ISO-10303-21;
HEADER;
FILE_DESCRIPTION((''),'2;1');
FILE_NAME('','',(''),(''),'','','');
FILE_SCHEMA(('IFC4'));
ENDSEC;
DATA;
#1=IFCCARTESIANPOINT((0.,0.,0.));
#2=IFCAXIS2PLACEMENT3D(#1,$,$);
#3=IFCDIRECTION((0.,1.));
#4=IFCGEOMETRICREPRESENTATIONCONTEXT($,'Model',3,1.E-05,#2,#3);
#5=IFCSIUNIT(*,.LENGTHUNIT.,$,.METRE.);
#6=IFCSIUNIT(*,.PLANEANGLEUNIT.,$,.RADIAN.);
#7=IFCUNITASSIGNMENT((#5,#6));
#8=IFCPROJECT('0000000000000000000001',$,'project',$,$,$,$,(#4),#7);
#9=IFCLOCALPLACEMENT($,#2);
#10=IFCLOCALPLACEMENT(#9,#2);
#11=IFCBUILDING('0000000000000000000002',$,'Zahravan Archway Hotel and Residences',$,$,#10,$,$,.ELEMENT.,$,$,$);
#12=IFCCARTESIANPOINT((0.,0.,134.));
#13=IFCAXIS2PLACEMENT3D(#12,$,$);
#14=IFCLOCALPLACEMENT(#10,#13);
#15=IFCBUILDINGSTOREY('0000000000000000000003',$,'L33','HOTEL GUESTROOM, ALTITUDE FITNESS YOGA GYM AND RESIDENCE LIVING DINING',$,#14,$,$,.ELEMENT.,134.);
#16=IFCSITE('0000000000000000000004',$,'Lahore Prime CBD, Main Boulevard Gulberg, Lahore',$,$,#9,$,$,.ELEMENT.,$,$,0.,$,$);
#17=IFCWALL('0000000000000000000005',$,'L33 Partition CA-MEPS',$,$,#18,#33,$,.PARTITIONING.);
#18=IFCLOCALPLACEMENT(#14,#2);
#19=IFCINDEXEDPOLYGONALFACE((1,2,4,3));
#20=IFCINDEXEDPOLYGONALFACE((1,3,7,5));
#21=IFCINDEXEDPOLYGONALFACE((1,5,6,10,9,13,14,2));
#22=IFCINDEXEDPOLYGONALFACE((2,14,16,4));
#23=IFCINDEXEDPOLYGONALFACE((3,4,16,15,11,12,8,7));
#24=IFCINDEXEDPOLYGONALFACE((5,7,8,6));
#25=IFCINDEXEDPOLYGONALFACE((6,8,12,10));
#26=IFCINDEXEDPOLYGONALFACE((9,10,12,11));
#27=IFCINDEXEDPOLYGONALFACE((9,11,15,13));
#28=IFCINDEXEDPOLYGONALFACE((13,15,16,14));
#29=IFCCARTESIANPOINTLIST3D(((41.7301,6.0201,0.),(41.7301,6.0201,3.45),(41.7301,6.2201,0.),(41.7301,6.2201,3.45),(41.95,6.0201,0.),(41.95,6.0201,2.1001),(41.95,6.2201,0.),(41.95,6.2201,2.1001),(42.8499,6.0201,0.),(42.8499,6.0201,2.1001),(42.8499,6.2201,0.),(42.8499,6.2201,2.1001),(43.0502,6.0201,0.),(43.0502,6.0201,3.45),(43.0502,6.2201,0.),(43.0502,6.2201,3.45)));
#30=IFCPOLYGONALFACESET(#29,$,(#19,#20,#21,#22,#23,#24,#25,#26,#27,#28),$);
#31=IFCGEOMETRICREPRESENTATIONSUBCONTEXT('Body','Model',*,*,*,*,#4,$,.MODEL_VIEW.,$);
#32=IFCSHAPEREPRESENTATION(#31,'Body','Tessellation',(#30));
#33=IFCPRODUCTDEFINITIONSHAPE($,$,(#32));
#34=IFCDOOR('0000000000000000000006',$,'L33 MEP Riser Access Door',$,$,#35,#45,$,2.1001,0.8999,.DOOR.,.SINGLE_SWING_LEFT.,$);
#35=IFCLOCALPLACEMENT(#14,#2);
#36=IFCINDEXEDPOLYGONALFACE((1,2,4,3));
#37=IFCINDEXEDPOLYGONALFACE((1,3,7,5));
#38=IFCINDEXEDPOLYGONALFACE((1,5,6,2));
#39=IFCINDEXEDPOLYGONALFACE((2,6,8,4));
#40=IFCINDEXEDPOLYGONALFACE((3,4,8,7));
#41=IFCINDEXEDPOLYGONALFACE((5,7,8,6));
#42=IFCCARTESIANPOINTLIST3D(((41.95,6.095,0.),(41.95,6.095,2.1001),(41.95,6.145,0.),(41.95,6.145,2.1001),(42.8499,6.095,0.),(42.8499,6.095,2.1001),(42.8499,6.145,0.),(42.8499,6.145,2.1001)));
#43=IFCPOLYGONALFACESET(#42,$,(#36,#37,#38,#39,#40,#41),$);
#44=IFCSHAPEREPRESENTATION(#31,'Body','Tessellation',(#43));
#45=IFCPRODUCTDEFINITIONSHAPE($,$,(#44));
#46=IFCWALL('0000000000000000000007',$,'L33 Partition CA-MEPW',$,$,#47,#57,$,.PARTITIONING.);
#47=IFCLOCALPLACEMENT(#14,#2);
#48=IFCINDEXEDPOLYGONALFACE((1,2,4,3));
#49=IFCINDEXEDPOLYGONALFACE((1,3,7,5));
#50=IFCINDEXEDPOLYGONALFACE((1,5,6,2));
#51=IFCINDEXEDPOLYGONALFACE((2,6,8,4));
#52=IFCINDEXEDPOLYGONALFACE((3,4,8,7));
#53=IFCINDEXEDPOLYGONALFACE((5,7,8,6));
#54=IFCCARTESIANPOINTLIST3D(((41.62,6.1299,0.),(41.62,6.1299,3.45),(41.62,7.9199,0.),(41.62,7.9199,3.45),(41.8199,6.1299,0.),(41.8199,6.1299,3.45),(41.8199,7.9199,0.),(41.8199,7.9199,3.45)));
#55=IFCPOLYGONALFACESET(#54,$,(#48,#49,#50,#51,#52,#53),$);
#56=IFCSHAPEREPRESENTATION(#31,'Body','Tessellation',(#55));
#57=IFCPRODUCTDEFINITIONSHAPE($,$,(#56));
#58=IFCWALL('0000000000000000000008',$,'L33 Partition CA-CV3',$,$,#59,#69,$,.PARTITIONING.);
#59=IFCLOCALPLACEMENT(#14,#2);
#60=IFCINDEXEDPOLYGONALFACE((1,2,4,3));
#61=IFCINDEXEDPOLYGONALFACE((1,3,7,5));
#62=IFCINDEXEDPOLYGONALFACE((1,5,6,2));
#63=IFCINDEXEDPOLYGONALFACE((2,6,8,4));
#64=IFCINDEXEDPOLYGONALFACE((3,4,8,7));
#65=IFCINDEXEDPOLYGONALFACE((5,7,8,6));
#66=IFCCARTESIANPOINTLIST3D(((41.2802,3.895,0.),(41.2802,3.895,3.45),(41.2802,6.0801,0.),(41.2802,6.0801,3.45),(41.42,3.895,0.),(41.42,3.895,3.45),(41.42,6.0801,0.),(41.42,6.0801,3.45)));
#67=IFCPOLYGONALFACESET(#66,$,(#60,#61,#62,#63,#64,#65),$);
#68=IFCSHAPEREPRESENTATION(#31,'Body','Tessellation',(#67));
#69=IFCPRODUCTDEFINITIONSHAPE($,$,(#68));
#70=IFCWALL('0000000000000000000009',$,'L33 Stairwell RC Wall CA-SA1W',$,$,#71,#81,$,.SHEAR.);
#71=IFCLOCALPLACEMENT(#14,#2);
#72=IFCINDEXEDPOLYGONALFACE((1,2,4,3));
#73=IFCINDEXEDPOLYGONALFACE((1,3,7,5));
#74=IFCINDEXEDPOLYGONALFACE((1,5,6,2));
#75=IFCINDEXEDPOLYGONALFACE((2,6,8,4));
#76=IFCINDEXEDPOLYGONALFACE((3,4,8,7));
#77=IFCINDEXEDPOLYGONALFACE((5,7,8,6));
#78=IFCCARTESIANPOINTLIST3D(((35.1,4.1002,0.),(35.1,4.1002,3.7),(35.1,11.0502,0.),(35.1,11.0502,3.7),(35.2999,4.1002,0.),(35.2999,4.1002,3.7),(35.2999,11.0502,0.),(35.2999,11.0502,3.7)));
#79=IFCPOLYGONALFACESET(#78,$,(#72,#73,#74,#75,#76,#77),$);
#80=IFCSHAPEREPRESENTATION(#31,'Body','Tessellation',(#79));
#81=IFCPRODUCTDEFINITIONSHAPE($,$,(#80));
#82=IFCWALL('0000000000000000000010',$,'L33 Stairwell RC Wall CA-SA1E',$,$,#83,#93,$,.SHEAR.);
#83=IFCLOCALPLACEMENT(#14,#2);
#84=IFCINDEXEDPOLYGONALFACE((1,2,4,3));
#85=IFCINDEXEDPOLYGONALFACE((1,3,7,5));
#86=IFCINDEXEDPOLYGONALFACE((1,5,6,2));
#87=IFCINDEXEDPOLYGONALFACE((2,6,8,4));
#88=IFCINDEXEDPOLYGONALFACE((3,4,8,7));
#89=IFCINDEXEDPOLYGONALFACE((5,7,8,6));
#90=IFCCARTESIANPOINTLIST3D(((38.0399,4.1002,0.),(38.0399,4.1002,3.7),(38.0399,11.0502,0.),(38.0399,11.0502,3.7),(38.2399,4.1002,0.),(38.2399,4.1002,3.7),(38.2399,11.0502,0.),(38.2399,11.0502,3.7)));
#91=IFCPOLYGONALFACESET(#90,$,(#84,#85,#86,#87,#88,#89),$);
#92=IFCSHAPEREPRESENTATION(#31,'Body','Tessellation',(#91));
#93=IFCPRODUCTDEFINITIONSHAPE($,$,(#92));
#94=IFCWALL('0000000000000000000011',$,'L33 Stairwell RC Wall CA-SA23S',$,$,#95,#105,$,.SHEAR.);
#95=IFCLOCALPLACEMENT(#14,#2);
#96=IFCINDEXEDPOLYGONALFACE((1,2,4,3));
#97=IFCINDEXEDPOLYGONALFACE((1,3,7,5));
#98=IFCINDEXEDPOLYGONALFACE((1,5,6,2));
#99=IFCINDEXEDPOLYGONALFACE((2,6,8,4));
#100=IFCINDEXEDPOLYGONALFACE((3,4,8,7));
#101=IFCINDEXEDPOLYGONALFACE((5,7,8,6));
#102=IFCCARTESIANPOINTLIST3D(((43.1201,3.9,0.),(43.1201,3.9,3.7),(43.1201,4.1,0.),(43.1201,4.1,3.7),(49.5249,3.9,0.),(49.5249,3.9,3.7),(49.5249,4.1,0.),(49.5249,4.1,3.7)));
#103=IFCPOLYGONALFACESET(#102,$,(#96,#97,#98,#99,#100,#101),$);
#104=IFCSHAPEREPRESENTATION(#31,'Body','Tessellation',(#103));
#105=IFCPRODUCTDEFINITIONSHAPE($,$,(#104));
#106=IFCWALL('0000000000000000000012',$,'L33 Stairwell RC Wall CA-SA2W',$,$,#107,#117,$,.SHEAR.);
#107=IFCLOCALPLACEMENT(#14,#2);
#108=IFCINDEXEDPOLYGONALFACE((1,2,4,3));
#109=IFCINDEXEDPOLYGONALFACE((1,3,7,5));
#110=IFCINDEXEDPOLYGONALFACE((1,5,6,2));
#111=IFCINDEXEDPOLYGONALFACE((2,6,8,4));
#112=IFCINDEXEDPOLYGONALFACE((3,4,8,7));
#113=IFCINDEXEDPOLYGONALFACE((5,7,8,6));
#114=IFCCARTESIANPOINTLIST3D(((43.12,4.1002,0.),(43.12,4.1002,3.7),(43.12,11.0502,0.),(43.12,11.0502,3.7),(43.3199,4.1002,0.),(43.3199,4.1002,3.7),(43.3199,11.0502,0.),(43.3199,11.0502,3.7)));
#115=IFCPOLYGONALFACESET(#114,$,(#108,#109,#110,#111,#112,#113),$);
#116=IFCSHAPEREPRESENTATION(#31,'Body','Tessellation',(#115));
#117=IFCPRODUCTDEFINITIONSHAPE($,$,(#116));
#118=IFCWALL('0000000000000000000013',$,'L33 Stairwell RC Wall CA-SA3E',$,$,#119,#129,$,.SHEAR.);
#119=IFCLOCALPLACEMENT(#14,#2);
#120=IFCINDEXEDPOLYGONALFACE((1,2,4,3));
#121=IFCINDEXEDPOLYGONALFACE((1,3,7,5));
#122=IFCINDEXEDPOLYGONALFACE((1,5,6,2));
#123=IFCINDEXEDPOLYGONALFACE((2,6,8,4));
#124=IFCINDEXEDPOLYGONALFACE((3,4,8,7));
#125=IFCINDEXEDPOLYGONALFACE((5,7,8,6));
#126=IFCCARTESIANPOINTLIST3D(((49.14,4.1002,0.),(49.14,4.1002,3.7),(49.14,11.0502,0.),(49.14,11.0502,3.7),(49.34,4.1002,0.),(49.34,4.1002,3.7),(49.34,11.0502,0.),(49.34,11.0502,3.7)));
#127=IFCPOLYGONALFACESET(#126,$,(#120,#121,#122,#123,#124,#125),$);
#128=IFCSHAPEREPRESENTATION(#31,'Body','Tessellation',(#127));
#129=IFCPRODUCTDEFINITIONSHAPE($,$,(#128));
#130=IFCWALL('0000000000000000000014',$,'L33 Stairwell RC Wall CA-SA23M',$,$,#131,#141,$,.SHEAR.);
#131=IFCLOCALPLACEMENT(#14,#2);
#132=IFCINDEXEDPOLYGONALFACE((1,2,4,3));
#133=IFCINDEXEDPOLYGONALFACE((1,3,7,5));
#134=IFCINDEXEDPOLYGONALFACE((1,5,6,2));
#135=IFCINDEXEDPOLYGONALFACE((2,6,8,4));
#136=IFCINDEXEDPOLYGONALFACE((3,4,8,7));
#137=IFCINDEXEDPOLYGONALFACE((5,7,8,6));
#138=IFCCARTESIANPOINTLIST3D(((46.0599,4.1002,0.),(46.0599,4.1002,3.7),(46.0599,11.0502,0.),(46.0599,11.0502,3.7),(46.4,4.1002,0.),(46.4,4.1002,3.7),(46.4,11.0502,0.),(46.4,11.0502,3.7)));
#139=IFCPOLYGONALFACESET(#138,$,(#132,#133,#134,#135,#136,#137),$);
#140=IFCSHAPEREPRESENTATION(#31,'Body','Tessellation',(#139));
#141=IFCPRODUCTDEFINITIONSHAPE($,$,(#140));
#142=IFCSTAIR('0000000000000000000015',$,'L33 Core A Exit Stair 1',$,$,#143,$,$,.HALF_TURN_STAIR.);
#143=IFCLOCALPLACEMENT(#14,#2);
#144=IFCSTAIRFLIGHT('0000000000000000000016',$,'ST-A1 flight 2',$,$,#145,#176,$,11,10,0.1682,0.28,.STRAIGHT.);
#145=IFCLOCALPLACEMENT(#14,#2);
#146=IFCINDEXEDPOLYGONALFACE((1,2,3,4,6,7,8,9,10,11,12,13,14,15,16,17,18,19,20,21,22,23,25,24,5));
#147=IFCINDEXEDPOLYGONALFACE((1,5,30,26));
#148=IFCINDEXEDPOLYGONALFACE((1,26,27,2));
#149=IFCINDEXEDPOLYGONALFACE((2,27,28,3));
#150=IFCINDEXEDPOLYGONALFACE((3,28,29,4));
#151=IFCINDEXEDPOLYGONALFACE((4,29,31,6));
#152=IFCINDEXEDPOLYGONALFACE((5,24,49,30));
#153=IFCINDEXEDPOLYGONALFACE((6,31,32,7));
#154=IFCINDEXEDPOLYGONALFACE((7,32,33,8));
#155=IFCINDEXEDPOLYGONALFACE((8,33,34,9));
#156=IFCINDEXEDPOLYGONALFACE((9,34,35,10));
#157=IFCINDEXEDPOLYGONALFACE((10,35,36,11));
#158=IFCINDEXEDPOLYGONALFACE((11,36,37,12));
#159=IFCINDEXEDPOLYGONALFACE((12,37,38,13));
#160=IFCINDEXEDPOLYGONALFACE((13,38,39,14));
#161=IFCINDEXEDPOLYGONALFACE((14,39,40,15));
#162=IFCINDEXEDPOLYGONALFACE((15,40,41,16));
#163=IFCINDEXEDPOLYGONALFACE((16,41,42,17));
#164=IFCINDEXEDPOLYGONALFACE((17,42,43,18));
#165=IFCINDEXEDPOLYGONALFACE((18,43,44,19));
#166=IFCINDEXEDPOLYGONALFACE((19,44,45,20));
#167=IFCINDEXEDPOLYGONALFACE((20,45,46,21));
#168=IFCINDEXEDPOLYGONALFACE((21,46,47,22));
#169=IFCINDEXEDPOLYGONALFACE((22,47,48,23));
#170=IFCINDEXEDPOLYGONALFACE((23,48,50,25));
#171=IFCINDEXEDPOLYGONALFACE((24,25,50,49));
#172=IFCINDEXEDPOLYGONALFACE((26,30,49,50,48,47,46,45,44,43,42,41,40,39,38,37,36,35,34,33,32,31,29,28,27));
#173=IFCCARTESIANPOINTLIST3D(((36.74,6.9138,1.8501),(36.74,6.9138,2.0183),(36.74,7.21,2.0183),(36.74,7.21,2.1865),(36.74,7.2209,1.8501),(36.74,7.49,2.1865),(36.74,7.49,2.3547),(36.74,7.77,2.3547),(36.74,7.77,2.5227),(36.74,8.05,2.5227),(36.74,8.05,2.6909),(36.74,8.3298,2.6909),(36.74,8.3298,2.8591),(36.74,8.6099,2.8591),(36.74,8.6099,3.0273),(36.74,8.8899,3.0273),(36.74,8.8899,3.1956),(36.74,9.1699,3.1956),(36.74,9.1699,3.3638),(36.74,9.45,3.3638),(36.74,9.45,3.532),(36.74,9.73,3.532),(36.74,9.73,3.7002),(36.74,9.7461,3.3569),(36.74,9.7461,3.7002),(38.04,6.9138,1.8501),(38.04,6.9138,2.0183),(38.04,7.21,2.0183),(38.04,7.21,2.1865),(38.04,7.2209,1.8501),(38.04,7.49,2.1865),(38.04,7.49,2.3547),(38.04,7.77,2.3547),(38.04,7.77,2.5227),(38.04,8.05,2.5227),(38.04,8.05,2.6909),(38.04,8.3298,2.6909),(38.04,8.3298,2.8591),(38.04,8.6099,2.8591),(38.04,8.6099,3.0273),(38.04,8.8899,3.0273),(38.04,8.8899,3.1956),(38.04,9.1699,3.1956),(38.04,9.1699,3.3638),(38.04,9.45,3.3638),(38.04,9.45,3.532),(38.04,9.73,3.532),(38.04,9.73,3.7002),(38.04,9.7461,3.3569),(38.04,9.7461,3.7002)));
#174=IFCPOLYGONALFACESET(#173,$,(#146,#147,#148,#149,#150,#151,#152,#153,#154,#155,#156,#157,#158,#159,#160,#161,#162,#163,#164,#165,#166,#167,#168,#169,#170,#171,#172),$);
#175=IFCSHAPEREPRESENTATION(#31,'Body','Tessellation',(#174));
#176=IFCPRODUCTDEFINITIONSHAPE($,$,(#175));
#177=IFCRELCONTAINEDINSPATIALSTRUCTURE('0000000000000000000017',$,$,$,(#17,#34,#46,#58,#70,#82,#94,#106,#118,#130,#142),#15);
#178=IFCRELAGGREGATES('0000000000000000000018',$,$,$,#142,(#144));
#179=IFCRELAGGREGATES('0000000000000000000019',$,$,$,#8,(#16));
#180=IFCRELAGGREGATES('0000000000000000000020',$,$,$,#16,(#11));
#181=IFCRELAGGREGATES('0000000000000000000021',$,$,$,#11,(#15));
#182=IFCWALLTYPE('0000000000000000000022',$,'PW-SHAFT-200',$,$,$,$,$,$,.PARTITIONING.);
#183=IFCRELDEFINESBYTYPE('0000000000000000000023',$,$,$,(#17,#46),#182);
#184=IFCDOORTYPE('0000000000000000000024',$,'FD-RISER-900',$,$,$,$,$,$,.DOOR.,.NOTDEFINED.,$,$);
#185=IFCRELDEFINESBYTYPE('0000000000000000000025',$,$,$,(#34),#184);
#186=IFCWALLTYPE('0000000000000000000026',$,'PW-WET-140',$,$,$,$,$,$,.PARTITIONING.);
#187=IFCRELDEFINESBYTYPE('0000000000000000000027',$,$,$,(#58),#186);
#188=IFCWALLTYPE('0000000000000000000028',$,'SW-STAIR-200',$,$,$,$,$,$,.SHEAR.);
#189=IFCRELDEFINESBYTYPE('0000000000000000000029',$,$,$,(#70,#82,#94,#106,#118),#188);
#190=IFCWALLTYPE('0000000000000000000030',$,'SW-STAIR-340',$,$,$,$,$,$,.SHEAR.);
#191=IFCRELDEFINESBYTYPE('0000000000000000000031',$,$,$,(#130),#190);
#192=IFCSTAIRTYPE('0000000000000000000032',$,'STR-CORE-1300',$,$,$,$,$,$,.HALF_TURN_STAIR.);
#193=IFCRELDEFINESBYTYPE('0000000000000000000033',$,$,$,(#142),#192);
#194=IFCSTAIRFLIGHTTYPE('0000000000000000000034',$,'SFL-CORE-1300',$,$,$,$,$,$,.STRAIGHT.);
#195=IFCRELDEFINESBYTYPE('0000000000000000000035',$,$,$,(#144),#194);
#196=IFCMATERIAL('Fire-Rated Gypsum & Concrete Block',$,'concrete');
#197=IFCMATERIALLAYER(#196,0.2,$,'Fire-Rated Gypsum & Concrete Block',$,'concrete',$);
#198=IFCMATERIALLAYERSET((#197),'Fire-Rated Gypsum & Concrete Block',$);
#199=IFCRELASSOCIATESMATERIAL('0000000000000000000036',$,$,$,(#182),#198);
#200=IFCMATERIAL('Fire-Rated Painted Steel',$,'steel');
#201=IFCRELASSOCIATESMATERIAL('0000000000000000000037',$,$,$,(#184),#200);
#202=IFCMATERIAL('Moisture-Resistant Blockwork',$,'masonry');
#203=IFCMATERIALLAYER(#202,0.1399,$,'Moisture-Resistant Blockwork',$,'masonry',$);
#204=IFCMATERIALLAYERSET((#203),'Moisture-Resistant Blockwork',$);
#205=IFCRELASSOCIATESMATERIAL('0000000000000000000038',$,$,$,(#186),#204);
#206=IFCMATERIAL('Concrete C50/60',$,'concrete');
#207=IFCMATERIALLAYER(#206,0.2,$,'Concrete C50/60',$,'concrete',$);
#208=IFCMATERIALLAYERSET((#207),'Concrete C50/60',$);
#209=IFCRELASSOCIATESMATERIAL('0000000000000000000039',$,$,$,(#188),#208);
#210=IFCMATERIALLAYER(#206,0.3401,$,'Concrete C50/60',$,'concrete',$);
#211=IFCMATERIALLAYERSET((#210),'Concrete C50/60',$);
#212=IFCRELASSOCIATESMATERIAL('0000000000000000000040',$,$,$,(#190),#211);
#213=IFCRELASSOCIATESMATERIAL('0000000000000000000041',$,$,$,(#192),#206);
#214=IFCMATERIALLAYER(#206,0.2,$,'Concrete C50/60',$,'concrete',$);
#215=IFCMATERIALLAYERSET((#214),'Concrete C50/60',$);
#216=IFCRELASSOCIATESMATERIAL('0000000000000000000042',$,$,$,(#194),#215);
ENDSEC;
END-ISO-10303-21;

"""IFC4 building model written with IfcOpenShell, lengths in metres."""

from ifc_helpers import new_model, si_unit, direction, frame, frame_2d, origin, place, context, subcontext, project, spatial, polyline, rectangle, outline, extrude, source, transform, mapped, material, layer, layer_set, type_object, type_shapes, element, fill, aggregate, save


model = new_model("IFC4")

# Units and contexts
model_context = context("Model", 3, precision=1e-05, world=origin(), true_north=direction((0.0, 1.0)))
body_context = subcontext(model_context, "Body", "Model", "MODEL_VIEW")
ifc_project = project(units=[si_unit("LENGTHUNIT", "METRE"), si_unit("PLANEANGLEUNIT", "RADIAN")], contexts=[model_context])

# Site, building, storey
site_placement = place(None, origin())
site = spatial("IfcSite", under=ifc_project, at=site_placement, Name="Lahore Prime CBD, Main Boulevard Gulberg, Lahore", CompositionType="ELEMENT", RefElevation=0.0)
building_placement = place(site_placement, origin())
building = spatial("IfcBuilding", under=site, at=building_placement, Name="Zahravan Archway Hotel and Residences", CompositionType="ELEMENT")
storey_placement = place(building_placement, frame((0.0, 0.0, 134.0)))
storey = spatial("IfcBuildingStorey", under=building, at=storey_placement, Name="L33", Description="HOTEL GUESTROOM, ALTITUDE FITNESS YOGA GYM AND RESIDENCE LIVING DINING", CompositionType="ELEMENT", Elevation=134.0)

# Shared definitions
ifc_material_1 = material(Name="Fire-Rated Gypsum & Concrete Block", Category="concrete")
ifc_layer_1 = layer(ifc_material_1, 0.2, Name="Fire-Rated Gypsum & Concrete Block", Category="concrete")
ifc_layer_set_1 = layer_set([ifc_layer_1], Name="Fire-Rated Gypsum & Concrete Block")
wall_type_1 = type_object("IfcWallType", Name="PW-SHAFT-200", PredefinedType="PARTITIONING", material=ifc_layer_set_1)
ifc_material_2 = material(Name="Fire-Rated Painted Steel", Category="steel")
door_type = type_object("IfcDoorType", Name="FD-RISER-900", OperationType="NOTDEFINED", PredefinedType="DOOR", material=ifc_material_2)
shared_shape_1 = source(origin(), body_context, "Body", "SweptSolid", [
    extrude(rectangle(XDim=0.8999, YDim=2.1001, at=frame_2d((0.45, 1.05))), frame((0.0, 0.0249, 0.0), z_axis=(0.0, -1.0, 0.0), x_axis=(1.0, 0.0, 0.0)), (0.0, 0.0, 1.0), 0.05),
])
type_shapes(door_type, [shared_shape_1])

# Wall, opening, door
wall_1_placement = place(storey_placement, frame((41.73, 6.1201, 0.0), z_axis=(0.0, 0.0, 1.0), x_axis=(1.0, 0.0, 0.0)))
wall_1 = element("IfcWall", 1, at=wall_1_placement, inside=storey, type_object=wall_type_1, Name="L33 Partition CA-MEPS", PredefinedType="PARTITIONING", context=body_context, shape_type="SweptSolid", body=[
    extrude(rectangle(XDim=1.3201, YDim=0.2, at=frame_2d((0.6602, 0.0))), origin(), (0.0, 0.0, 1.0), 3.45),
])
opening_1_placement = place(wall_1_placement, frame((0.22, 0.0, 0.0)))
opening_1 = element("IfcOpeningElement", 2, at=opening_1_placement, cuts=wall_1, PredefinedType="OPENING", context=body_context, shape_type="SweptSolid", body=[
    extrude(rectangle(XDim=0.8999, YDim=2.1001, at=frame_2d((0.45, 1.05))), frame((0.0, 0.1099, 0.0), z_axis=(0.0, -1.0, 0.0), x_axis=(1.0, 0.0, 0.0)), (0.0, 0.0, 1.0), 0.22),
])
door_1_placement = place(opening_1_placement, origin())
door_1 = element("IfcDoor", 3, at=door_1_placement, inside=storey, type_object=door_type, Name="L33 MEP Riser Access Door", OperationType="SINGLE_SWING_LEFT", OverallHeight=2.1001, OverallWidth=0.8999, PredefinedType="DOOR", context=body_context, shape_type="MappedRepresentation", body=[
    mapped(shared_shape_1, transform((0.0, 0.0, 0.0), scale=1.0)),
])
fill(opening_1, door_1)

# Walls
wall_2_placement = place(storey_placement, frame((41.72, 6.1299, 0.0), z_axis=(0.0, 0.0, 1.0), x_axis=(0.0, 1.0, 0.0)))
element("IfcWall", 4, at=wall_2_placement, inside=storey, type_object=wall_type_1, Name="L33 Partition CA-MEPW", PredefinedType="PARTITIONING", context=body_context, shape_type="SweptSolid", body=[
    extrude(rectangle(XDim=1.79, YDim=0.2, at=frame_2d((0.895, 0.0))), origin(), (0.0, 0.0, 1.0), 3.45),
])
ifc_material_3 = material(Name="Moisture-Resistant Blockwork", Category="masonry")
ifc_layer_2 = layer(ifc_material_3, 0.1399, Name="Moisture-Resistant Blockwork", Category="masonry")
ifc_layer_set_2 = layer_set([ifc_layer_2], Name="Moisture-Resistant Blockwork")
wall_type_2 = type_object("IfcWallType", Name="PW-WET-140", PredefinedType="PARTITIONING", material=ifc_layer_set_2)
wall_3_placement = place(storey_placement, frame((41.3501, 3.895, 0.0), z_axis=(0.0, 0.0, 1.0), x_axis=(0.0, 1.0, 0.0)))
element("IfcWall", 5, at=wall_3_placement, inside=storey, type_object=wall_type_2, Name="L33 Partition CA-CV3", PredefinedType="PARTITIONING", context=body_context, shape_type="SweptSolid", body=[
    extrude(rectangle(XDim=2.1851, YDim=0.1399, at=frame_2d((1.0925, 0.0))), origin(), (0.0, 0.0, 1.0), 3.45),
])
ifc_material_4 = material(Name="Concrete C50/60", Category="concrete")
ifc_layer_3 = layer(ifc_material_4, 0.2, Name="Concrete C50/60", Category="concrete")
ifc_layer_set_3 = layer_set([ifc_layer_3], Name="Concrete C50/60")
wall_type_3 = type_object("IfcWallType", Name="SW-STAIR-200", PredefinedType="SHEAR", material=ifc_layer_set_3)
for number, where, z_axis, x_axis, name in (
    (6, (35.2, 4.1001, 0.0), (0.0, 0.0, 1.0), (0.0, 1.0, 0.0), "L33 Stairwell RC Wall CA-SA1W"),
    (7, (38.1399, 4.1001, 0.0), (0.0, 0.0, 1.0), (0.0, 1.0, 0.0), "L33 Stairwell RC Wall CA-SA1E"),
):
    element("IfcWall", number, at=place(storey_placement, frame(where, z_axis=z_axis, x_axis=x_axis)), inside=storey, type_object=wall_type_3, Name=name, PredefinedType="SHEAR", context=body_context, shape_type="SweptSolid", body=[
        extrude(rectangle(XDim=6.95, YDim=0.2, at=frame_2d((3.4751, 0.0))), origin(), (0.0, 0.0, 1.0), 3.7),
    ])
wall_4_placement = place(storey_placement, frame((43.1201, 4.0, 0.0), z_axis=(0.0, 0.0, 1.0), x_axis=(1.0, 0.0, 0.0)))
element("IfcWall", 8, at=wall_4_placement, inside=storey, type_object=wall_type_3, Name="L33 Stairwell RC Wall CA-SA23S", PredefinedType="SHEAR", context=body_context, shape_type="SweptSolid", body=[
    extrude(rectangle(XDim=6.4048, YDim=0.2, at=frame_2d((3.2024, 0.0))), origin(), (0.0, 0.0, 1.0), 3.7),
])
for number, where, z_axis, x_axis, name in (
    (9, (43.22, 4.1001, 0.0), (0.0, 0.0, 1.0), (0.0, 1.0, 0.0), "L33 Stairwell RC Wall CA-SA2W"),
    (10, (49.24, 4.1001, 0.0), (0.0, 0.0, 1.0), (0.0, 1.0, 0.0), "L33 Stairwell RC Wall CA-SA3E"),
):
    element("IfcWall", number, at=place(storey_placement, frame(where, z_axis=z_axis, x_axis=x_axis)), inside=storey, type_object=wall_type_3, Name=name, PredefinedType="SHEAR", context=body_context, shape_type="SweptSolid", body=[
        extrude(rectangle(XDim=6.95, YDim=0.2, at=frame_2d((3.4751, 0.0))), origin(), (0.0, 0.0, 1.0), 3.7),
    ])
ifc_layer_4 = layer(ifc_material_4, 0.3401, Name="Concrete C50/60", Category="concrete")
ifc_layer_set_4 = layer_set([ifc_layer_4], Name="Concrete C50/60")
wall_type_4 = type_object("IfcWallType", Name="SW-STAIR-340", PredefinedType="SHEAR", material=ifc_layer_set_4)
wall_5_placement = place(storey_placement, frame((46.23, 4.1001, 0.0), z_axis=(0.0, 0.0, 1.0), x_axis=(0.0, 1.0, 0.0)))
element("IfcWall", 11, at=wall_5_placement, inside=storey, type_object=wall_type_4, Name="L33 Stairwell RC Wall CA-SA23M", PredefinedType="SHEAR", context=body_context, shape_type="SweptSolid", body=[
    extrude(rectangle(XDim=6.95, YDim=0.3401, at=frame_2d((3.4751, 0.0))), origin(), (0.0, 0.0, 1.0), 3.7),
])

# Stair, stair flight
stair_type = type_object("IfcStairType", Name="STR-CORE-1300", PredefinedType="HALF_TURN_STAIR", material=ifc_material_4)
stair_1_placement = place(storey_placement, origin())
stair_1 = element("IfcStair", 12, at=stair_1_placement, inside=storey, type_object=stair_type, Name="L33 Core A Exit Stair 1", PredefinedType="HALF_TURN_STAIR")
ifc_layer_5 = layer(ifc_material_4, 0.2, Name="Concrete C50/60", Category="concrete")
ifc_layer_set_5 = layer_set([ifc_layer_5], Name="Concrete C50/60")
stair_flight_type = type_object("IfcStairFlightType", Name="SFL-CORE-1300", PredefinedType="STRAIGHT", material=ifc_layer_set_5)
shared_shape_2 = source(origin(), body_context, "Body", "SweptSolid", [
    extrude(outline(polyline([(-0.0161, 0.0), (-0.0161, 0.1682), (0.28, 0.1682), (0.28, 0.3364), (0.5601, 0.3364), (0.5601, 0.5046), (0.8401, 0.5046), (0.8401, 0.6726), (1.1201, 0.6726), (1.1201, 0.8408), (1.3999, 0.8408), (1.3999, 1.009), (1.6799, 1.009), (1.6799, 1.1772), (1.96, 1.1772), (1.96, 1.3455), (2.24, 1.3455), (2.24, 1.5137), (2.52, 1.5137), (2.52, 1.6819), (2.8, 1.6819), (2.8, 1.8501), (2.8162, 1.8501), (2.8162, 1.5068), (0.291, 0.0), (-0.0161, 0.0)])), frame((0.0, 0.6499, 0.0), z_axis=(0.0, -1.0, 0.0), x_axis=(1.0, 0.0, 0.0)), (0.0, 0.0, 1.0), 1.3),
])
stair_flight_1_placement = place(storey_placement, frame((37.3899, 6.9299, 1.8501), z_axis=(0.0, 0.0, 1.0), x_axis=(0.0, 1.0, 0.0)))
stair_flight_1 = element("IfcStairFlight", 13, at=stair_flight_1_placement, type_object=stair_flight_type, Name="ST-A1 flight 2", NumberOfRisers=11, NumberOfTreads=10, PredefinedType="STRAIGHT", RiserHeight=0.1682, TreadLength=0.28, context=body_context, shape_type="MappedRepresentation", body=[
    mapped(shared_shape_2, transform((0.0, 0.0, 0.0), scale=1.0)),
])
aggregate(stair_1, [stair_flight_1])

save(model, "model.ifc")
